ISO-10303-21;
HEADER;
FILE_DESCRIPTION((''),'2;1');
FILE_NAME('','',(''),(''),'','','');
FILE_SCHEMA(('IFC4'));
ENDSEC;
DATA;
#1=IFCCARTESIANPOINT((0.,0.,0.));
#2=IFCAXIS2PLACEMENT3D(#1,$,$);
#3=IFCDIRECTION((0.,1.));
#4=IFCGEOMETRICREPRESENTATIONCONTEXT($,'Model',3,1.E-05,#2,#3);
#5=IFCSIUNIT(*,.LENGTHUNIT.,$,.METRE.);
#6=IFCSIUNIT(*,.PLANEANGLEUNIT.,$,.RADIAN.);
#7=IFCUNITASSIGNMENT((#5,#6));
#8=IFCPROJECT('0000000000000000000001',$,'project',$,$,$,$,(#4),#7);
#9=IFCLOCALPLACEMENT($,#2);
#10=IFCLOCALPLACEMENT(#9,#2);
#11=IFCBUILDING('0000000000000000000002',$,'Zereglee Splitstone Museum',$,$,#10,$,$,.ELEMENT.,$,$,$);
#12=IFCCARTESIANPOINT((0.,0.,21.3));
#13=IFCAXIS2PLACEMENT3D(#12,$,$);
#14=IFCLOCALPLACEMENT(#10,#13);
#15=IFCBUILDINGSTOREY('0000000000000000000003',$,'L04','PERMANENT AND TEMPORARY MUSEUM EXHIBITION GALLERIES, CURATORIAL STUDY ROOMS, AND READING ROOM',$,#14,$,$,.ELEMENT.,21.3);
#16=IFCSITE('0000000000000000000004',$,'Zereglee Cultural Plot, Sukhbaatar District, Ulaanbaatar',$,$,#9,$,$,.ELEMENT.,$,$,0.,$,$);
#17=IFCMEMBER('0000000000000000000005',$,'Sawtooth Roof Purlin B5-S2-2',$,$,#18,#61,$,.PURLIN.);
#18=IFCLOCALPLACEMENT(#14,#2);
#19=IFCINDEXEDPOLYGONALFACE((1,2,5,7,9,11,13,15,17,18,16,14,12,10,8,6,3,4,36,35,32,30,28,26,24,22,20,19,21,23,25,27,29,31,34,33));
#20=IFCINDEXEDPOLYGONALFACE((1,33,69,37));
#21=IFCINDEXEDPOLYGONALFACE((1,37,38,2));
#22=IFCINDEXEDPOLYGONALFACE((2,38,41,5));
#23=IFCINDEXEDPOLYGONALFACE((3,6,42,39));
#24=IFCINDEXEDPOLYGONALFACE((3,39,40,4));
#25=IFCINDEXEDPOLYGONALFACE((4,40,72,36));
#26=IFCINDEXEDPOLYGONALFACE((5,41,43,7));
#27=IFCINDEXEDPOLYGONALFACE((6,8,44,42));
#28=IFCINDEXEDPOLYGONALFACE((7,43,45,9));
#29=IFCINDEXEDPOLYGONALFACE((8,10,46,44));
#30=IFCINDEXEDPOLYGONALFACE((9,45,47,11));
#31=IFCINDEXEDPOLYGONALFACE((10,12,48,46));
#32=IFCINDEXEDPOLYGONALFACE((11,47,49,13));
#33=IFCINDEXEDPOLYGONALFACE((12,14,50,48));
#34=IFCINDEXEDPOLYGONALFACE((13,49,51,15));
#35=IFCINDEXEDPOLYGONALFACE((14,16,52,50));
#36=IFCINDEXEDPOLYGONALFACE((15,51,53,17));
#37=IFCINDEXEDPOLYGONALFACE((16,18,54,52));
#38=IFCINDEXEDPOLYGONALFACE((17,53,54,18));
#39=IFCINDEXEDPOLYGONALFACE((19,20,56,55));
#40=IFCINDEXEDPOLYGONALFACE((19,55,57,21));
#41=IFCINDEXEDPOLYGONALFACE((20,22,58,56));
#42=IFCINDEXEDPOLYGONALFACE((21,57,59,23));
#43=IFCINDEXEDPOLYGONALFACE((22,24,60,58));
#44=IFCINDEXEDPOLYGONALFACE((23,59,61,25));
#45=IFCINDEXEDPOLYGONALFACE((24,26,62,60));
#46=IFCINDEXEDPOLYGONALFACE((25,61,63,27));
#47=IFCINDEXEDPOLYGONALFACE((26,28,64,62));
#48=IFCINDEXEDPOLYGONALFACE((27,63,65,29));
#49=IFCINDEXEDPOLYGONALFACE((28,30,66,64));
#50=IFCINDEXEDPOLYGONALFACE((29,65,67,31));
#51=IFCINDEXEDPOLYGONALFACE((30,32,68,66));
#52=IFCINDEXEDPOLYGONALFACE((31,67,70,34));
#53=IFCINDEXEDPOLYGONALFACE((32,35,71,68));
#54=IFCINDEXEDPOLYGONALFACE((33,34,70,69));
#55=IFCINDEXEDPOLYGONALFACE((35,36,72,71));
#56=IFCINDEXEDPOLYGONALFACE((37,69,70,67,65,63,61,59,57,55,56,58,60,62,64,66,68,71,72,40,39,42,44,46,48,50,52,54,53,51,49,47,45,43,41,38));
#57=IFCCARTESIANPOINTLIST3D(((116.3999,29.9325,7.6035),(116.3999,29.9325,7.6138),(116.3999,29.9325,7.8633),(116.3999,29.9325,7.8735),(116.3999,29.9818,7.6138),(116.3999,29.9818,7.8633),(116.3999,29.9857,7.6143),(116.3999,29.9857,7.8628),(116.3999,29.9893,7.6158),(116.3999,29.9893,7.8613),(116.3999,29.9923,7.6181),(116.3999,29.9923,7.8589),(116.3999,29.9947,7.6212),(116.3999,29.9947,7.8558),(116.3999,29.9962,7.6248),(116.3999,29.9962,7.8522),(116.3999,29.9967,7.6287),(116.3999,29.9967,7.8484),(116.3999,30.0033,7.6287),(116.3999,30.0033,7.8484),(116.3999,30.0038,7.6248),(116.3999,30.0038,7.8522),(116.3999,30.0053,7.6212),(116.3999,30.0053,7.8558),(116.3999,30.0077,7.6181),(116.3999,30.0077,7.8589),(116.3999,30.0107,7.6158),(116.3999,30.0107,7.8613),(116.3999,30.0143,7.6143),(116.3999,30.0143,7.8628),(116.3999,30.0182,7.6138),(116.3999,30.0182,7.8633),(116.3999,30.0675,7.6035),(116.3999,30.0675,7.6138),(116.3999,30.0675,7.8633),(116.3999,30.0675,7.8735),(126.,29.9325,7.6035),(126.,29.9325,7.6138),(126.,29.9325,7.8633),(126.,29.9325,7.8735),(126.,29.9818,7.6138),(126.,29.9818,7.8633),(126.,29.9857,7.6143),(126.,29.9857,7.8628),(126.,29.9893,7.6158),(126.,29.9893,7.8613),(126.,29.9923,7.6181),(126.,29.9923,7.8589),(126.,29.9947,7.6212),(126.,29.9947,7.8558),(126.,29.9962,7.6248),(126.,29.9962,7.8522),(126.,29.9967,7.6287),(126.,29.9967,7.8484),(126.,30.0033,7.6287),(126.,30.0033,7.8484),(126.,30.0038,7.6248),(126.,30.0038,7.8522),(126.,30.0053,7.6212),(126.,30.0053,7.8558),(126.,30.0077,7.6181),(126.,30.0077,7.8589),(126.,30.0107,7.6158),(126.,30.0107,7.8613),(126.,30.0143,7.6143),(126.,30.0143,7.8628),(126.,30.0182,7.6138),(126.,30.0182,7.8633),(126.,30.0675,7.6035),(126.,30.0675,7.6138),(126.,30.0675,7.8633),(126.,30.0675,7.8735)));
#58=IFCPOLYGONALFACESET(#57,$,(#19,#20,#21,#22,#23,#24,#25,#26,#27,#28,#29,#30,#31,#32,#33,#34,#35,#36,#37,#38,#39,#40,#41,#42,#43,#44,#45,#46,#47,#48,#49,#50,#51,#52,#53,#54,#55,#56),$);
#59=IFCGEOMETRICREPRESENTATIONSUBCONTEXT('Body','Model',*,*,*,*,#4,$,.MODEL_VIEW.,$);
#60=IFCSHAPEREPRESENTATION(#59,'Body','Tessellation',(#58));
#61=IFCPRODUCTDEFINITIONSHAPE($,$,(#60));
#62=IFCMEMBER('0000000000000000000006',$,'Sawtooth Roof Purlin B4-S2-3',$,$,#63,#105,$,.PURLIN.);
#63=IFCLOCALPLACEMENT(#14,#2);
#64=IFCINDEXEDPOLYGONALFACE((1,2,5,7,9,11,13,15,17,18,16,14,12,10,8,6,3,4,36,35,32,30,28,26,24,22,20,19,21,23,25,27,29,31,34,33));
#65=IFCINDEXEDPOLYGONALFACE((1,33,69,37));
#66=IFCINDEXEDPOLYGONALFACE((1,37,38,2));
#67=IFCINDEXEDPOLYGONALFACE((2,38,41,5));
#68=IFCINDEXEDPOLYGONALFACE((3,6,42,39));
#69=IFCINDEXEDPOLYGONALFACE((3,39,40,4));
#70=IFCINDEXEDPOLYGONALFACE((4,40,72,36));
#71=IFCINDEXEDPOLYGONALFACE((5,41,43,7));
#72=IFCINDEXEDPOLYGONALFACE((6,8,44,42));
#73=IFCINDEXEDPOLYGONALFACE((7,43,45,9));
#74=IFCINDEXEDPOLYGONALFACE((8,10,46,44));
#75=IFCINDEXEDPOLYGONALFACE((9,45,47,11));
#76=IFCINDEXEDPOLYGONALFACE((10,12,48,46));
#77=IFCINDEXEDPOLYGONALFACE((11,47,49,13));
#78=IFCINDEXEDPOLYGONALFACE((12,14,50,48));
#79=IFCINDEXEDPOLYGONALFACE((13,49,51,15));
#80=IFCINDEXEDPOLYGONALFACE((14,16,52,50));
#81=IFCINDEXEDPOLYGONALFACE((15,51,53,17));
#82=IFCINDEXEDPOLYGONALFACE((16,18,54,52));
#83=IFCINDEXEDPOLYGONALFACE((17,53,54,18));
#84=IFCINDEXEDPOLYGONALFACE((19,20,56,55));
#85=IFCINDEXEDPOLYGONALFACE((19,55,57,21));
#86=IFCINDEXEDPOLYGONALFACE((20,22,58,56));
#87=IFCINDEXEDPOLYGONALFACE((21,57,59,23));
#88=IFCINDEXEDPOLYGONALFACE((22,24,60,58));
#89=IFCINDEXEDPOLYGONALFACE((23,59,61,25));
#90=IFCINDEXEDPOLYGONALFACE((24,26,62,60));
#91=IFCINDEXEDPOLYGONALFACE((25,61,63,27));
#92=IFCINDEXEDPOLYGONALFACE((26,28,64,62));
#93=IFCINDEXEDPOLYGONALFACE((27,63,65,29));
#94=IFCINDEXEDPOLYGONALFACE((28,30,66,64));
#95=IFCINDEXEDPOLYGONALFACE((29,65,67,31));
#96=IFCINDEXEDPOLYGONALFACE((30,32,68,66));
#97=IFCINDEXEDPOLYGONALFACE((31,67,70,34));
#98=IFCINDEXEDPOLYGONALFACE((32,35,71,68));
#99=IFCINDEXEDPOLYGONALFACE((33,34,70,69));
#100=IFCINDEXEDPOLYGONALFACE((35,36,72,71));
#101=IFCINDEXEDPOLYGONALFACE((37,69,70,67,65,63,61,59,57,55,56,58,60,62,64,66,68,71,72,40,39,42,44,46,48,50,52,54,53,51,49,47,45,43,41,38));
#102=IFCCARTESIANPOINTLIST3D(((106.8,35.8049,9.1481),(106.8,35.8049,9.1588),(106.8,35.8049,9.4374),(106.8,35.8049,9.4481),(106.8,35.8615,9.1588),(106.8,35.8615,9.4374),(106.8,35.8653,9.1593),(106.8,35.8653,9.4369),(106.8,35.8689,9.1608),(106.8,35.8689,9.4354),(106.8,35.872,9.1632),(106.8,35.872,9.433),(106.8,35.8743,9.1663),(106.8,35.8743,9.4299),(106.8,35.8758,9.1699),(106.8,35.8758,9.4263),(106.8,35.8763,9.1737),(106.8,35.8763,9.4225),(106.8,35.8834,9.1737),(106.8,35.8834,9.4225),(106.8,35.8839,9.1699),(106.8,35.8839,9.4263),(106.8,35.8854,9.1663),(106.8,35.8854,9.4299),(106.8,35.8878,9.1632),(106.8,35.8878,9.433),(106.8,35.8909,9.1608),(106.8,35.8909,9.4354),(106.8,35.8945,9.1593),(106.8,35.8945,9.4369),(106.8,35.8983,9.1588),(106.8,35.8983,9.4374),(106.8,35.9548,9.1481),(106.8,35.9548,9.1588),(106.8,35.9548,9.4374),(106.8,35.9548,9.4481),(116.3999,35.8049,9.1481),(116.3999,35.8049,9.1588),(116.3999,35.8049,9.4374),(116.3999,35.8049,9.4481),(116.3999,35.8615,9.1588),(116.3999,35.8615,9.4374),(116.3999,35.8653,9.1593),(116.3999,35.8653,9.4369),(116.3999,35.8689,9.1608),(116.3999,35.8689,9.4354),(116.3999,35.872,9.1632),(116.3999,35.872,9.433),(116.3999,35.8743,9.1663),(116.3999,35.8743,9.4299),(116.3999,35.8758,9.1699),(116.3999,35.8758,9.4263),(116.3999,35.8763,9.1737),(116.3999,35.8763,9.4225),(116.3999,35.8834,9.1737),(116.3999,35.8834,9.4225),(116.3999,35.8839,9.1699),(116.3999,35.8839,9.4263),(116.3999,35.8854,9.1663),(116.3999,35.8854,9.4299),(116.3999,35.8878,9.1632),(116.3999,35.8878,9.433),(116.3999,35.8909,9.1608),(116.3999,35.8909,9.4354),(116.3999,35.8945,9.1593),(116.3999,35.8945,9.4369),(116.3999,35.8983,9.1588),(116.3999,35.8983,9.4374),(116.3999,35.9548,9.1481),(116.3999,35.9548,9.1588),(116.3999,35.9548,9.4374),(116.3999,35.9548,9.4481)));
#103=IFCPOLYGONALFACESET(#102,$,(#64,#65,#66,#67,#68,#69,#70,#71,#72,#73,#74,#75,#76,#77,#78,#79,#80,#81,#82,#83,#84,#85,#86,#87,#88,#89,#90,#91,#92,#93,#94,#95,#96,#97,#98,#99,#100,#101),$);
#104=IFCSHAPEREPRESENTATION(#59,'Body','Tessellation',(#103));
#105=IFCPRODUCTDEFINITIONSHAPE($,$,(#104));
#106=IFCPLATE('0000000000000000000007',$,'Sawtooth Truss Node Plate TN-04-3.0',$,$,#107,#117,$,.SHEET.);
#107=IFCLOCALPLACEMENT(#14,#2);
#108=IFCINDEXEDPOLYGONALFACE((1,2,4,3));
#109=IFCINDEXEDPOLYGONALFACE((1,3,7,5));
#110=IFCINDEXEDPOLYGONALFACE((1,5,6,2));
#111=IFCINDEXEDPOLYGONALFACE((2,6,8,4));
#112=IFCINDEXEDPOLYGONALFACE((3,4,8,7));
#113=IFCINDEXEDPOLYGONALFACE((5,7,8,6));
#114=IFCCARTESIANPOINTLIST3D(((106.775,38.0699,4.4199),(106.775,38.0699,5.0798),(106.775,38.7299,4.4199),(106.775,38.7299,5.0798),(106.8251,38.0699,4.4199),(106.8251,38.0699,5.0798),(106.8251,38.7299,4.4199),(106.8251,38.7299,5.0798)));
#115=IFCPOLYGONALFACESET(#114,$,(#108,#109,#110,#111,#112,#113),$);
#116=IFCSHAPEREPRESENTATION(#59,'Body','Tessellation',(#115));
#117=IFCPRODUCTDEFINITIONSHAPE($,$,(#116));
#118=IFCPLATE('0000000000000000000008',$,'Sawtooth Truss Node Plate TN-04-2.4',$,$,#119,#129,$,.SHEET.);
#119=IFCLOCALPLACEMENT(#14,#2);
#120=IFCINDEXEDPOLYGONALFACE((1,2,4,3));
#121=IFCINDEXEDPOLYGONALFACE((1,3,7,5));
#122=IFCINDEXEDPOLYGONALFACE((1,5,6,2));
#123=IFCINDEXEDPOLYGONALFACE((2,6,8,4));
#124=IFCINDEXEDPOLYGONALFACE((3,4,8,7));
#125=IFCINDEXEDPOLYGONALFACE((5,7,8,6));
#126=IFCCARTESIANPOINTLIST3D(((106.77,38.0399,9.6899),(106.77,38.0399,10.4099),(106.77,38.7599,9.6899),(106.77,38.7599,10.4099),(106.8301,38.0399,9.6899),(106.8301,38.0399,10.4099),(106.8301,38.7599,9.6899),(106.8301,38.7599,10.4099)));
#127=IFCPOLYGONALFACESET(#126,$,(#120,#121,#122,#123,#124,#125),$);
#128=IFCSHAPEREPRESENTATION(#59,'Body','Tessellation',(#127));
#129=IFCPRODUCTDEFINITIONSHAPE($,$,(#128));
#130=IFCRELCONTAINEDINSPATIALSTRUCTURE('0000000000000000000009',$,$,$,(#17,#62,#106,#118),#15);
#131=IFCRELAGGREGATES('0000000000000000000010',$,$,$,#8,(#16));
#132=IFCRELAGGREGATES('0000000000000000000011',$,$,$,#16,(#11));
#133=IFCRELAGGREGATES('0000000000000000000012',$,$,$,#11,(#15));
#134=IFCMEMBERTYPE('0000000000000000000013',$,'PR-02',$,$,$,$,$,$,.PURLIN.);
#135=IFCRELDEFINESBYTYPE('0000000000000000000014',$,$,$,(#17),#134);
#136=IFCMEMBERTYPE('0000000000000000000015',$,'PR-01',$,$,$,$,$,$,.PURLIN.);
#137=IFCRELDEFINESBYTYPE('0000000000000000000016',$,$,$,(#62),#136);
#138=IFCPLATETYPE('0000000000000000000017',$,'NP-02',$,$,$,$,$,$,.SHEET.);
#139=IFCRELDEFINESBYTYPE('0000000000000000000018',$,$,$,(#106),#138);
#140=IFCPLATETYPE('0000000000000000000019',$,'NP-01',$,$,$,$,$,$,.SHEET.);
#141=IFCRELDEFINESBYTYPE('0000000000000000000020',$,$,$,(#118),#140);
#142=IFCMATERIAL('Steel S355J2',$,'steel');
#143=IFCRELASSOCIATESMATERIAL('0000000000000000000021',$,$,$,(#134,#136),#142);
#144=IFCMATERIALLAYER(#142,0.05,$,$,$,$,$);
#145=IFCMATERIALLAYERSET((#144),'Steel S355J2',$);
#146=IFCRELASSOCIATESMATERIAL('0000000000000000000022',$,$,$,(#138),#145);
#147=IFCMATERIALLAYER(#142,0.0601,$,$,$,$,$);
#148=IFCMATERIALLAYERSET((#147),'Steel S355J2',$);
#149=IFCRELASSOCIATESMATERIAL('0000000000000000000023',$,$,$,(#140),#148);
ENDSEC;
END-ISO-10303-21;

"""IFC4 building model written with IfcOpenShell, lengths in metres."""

from ifc_helpers import new_model, si_unit, direction, frame, origin, origin_2d, place, context, subcontext, project, spatial, rectangle, i_section, extrude, material, layer, layer_set, material_profile, profile_set, type_object, element, save


model = new_model("IFC4")

# Units and contexts
model_context = context("Model", 3, precision=1e-05, world=origin(), true_north=direction((0.0, 1.0)))
body_context = subcontext(model_context, "Body", "Model", "MODEL_VIEW")
ifc_project = project(units=[si_unit("LENGTHUNIT", "METRE"), si_unit("PLANEANGLEUNIT", "RADIAN")], contexts=[model_context])

# Site, building, storey
site_placement = place(None, origin())
site = spatial("IfcSite", under=ifc_project, at=site_placement, Name="Zereglee Cultural Plot, Sukhbaatar District, Ulaanbaatar", CompositionType="ELEMENT", RefElevation=0.0)
building_placement = place(site_placement, origin())
building = spatial("IfcBuilding", under=site, at=building_placement, Name="Zereglee Splitstone Museum", CompositionType="ELEMENT")
storey_placement = place(building_placement, frame((0.0, 0.0, 21.3)))
storey = spatial("IfcBuildingStorey", under=building, at=storey_placement, Name="L04", Description="PERMANENT AND TEMPORARY MUSEUM EXHIBITION GALLERIES, CURATORIAL STUDY ROOMS, AND READING ROOM", CompositionType="ELEMENT", Elevation=21.3)

# Shared definitions
ifc_material_1 = material(Name="Steel S355J2", Category="steel")

# Members
ifc_material_profile_1 = material_profile(ifc_material_1, i_section(OverallWidth=0.135, OverallDepth=0.27, WebThickness=0.0066, FlangeThickness=0.0103, FilletRadius=0.0149, at=origin_2d()), Name="IPE 270")
ifc_profile_set_1 = profile_set([ifc_material_profile_1], Name="Steel S355J2")
member_type_1 = type_object("IfcMemberType", Name="PR-02", PredefinedType="PURLIN", material=ifc_profile_set_1)
member_1_placement = place(storey_placement, frame((116.3999, 30.0, 7.7385), z_axis=(1.0, 0.0, 0.0), x_axis=(0.0, 1.0, 0.0)))
element("IfcMember", 1, at=member_1_placement, inside=storey, type_object=member_type_1, Name="Sawtooth Roof Purlin B5-S2-2", PredefinedType="PURLIN", context=body_context, shape_type="SweptSolid", body=[
    extrude(i_section(OverallWidth=0.135, OverallDepth=0.27, WebThickness=0.0066, FlangeThickness=0.0103, FilletRadius=0.0149, at=origin_2d()), origin(), (0.0, 0.0, 1.0), 9.6001),
])
ifc_material_profile_2 = material_profile(ifc_material_1, i_section(OverallWidth=0.1499, OverallDepth=0.3, WebThickness=0.0071, FlangeThickness=0.0107, FilletRadius=0.0149, at=origin_2d()), Name="IPE 300")
ifc_profile_set_2 = profile_set([ifc_material_profile_2], Name="Steel S355J2")
member_type_2 = type_object("IfcMemberType", Name="PR-01", PredefinedType="PURLIN", material=ifc_profile_set_2)
member_2_placement = place(storey_placement, frame((106.8, 35.8799, 9.2981), z_axis=(1.0, 0.0, 0.0), x_axis=(0.0, 1.0, 0.0)))
element("IfcMember", 2, at=member_2_placement, inside=storey, type_object=member_type_2, Name="Sawtooth Roof Purlin B4-S2-3", PredefinedType="PURLIN", context=body_context, shape_type="SweptSolid", body=[
    extrude(i_section(OverallWidth=0.1499, OverallDepth=0.3, WebThickness=0.0071, FlangeThickness=0.0107, FilletRadius=0.0149, at=origin_2d()), origin(), (0.0, 0.0, 1.0), 9.5999),
])

# Plates
ifc_layer_1 = layer(ifc_material_1, 0.05)
ifc_layer_set_1 = layer_set([ifc_layer_1], Name="Steel S355J2")
plate_type_1 = type_object("IfcPlateType", Name="NP-02", PredefinedType="SHEET", material=ifc_layer_set_1)
plate_1_placement = place(storey_placement, frame((106.8, 38.3999, 4.4199), z_axis=(0.0, 0.0, 1.0), x_axis=(1.0, 0.0, 0.0)))
element("IfcPlate", 3, at=plate_1_placement, inside=storey, type_object=plate_type_1, Name="Sawtooth Truss Node Plate TN-04-3.0", PredefinedType="SHEET", context=body_context, shape_type="SweptSolid", body=[
    extrude(rectangle(XDim=0.05, YDim=0.6599, at=origin_2d()), origin(), (0.0, 0.0, 1.0), 0.6599),
])
ifc_layer_2 = layer(ifc_material_1, 0.0601)
ifc_layer_set_2 = layer_set([ifc_layer_2], Name="Steel S355J2")
plate_type_2 = type_object("IfcPlateType", Name="NP-01", PredefinedType="SHEET", material=ifc_layer_set_2)
plate_2_placement = place(storey_placement, frame((106.8, 38.3999, 9.6899), z_axis=(0.0, 0.0, 1.0), x_axis=(1.0, 0.0, 0.0)))
element("IfcPlate", 4, at=plate_2_placement, inside=storey, type_object=plate_type_2, Name="Sawtooth Truss Node Plate TN-04-2.4", PredefinedType="SHEET", context=body_context, shape_type="SweptSolid", body=[
    extrude(rectangle(XDim=0.0601, YDim=0.72, at=origin_2d()), origin(), (0.0, 0.0, 1.0), 0.72),
])

save(model, "model.ifc")
